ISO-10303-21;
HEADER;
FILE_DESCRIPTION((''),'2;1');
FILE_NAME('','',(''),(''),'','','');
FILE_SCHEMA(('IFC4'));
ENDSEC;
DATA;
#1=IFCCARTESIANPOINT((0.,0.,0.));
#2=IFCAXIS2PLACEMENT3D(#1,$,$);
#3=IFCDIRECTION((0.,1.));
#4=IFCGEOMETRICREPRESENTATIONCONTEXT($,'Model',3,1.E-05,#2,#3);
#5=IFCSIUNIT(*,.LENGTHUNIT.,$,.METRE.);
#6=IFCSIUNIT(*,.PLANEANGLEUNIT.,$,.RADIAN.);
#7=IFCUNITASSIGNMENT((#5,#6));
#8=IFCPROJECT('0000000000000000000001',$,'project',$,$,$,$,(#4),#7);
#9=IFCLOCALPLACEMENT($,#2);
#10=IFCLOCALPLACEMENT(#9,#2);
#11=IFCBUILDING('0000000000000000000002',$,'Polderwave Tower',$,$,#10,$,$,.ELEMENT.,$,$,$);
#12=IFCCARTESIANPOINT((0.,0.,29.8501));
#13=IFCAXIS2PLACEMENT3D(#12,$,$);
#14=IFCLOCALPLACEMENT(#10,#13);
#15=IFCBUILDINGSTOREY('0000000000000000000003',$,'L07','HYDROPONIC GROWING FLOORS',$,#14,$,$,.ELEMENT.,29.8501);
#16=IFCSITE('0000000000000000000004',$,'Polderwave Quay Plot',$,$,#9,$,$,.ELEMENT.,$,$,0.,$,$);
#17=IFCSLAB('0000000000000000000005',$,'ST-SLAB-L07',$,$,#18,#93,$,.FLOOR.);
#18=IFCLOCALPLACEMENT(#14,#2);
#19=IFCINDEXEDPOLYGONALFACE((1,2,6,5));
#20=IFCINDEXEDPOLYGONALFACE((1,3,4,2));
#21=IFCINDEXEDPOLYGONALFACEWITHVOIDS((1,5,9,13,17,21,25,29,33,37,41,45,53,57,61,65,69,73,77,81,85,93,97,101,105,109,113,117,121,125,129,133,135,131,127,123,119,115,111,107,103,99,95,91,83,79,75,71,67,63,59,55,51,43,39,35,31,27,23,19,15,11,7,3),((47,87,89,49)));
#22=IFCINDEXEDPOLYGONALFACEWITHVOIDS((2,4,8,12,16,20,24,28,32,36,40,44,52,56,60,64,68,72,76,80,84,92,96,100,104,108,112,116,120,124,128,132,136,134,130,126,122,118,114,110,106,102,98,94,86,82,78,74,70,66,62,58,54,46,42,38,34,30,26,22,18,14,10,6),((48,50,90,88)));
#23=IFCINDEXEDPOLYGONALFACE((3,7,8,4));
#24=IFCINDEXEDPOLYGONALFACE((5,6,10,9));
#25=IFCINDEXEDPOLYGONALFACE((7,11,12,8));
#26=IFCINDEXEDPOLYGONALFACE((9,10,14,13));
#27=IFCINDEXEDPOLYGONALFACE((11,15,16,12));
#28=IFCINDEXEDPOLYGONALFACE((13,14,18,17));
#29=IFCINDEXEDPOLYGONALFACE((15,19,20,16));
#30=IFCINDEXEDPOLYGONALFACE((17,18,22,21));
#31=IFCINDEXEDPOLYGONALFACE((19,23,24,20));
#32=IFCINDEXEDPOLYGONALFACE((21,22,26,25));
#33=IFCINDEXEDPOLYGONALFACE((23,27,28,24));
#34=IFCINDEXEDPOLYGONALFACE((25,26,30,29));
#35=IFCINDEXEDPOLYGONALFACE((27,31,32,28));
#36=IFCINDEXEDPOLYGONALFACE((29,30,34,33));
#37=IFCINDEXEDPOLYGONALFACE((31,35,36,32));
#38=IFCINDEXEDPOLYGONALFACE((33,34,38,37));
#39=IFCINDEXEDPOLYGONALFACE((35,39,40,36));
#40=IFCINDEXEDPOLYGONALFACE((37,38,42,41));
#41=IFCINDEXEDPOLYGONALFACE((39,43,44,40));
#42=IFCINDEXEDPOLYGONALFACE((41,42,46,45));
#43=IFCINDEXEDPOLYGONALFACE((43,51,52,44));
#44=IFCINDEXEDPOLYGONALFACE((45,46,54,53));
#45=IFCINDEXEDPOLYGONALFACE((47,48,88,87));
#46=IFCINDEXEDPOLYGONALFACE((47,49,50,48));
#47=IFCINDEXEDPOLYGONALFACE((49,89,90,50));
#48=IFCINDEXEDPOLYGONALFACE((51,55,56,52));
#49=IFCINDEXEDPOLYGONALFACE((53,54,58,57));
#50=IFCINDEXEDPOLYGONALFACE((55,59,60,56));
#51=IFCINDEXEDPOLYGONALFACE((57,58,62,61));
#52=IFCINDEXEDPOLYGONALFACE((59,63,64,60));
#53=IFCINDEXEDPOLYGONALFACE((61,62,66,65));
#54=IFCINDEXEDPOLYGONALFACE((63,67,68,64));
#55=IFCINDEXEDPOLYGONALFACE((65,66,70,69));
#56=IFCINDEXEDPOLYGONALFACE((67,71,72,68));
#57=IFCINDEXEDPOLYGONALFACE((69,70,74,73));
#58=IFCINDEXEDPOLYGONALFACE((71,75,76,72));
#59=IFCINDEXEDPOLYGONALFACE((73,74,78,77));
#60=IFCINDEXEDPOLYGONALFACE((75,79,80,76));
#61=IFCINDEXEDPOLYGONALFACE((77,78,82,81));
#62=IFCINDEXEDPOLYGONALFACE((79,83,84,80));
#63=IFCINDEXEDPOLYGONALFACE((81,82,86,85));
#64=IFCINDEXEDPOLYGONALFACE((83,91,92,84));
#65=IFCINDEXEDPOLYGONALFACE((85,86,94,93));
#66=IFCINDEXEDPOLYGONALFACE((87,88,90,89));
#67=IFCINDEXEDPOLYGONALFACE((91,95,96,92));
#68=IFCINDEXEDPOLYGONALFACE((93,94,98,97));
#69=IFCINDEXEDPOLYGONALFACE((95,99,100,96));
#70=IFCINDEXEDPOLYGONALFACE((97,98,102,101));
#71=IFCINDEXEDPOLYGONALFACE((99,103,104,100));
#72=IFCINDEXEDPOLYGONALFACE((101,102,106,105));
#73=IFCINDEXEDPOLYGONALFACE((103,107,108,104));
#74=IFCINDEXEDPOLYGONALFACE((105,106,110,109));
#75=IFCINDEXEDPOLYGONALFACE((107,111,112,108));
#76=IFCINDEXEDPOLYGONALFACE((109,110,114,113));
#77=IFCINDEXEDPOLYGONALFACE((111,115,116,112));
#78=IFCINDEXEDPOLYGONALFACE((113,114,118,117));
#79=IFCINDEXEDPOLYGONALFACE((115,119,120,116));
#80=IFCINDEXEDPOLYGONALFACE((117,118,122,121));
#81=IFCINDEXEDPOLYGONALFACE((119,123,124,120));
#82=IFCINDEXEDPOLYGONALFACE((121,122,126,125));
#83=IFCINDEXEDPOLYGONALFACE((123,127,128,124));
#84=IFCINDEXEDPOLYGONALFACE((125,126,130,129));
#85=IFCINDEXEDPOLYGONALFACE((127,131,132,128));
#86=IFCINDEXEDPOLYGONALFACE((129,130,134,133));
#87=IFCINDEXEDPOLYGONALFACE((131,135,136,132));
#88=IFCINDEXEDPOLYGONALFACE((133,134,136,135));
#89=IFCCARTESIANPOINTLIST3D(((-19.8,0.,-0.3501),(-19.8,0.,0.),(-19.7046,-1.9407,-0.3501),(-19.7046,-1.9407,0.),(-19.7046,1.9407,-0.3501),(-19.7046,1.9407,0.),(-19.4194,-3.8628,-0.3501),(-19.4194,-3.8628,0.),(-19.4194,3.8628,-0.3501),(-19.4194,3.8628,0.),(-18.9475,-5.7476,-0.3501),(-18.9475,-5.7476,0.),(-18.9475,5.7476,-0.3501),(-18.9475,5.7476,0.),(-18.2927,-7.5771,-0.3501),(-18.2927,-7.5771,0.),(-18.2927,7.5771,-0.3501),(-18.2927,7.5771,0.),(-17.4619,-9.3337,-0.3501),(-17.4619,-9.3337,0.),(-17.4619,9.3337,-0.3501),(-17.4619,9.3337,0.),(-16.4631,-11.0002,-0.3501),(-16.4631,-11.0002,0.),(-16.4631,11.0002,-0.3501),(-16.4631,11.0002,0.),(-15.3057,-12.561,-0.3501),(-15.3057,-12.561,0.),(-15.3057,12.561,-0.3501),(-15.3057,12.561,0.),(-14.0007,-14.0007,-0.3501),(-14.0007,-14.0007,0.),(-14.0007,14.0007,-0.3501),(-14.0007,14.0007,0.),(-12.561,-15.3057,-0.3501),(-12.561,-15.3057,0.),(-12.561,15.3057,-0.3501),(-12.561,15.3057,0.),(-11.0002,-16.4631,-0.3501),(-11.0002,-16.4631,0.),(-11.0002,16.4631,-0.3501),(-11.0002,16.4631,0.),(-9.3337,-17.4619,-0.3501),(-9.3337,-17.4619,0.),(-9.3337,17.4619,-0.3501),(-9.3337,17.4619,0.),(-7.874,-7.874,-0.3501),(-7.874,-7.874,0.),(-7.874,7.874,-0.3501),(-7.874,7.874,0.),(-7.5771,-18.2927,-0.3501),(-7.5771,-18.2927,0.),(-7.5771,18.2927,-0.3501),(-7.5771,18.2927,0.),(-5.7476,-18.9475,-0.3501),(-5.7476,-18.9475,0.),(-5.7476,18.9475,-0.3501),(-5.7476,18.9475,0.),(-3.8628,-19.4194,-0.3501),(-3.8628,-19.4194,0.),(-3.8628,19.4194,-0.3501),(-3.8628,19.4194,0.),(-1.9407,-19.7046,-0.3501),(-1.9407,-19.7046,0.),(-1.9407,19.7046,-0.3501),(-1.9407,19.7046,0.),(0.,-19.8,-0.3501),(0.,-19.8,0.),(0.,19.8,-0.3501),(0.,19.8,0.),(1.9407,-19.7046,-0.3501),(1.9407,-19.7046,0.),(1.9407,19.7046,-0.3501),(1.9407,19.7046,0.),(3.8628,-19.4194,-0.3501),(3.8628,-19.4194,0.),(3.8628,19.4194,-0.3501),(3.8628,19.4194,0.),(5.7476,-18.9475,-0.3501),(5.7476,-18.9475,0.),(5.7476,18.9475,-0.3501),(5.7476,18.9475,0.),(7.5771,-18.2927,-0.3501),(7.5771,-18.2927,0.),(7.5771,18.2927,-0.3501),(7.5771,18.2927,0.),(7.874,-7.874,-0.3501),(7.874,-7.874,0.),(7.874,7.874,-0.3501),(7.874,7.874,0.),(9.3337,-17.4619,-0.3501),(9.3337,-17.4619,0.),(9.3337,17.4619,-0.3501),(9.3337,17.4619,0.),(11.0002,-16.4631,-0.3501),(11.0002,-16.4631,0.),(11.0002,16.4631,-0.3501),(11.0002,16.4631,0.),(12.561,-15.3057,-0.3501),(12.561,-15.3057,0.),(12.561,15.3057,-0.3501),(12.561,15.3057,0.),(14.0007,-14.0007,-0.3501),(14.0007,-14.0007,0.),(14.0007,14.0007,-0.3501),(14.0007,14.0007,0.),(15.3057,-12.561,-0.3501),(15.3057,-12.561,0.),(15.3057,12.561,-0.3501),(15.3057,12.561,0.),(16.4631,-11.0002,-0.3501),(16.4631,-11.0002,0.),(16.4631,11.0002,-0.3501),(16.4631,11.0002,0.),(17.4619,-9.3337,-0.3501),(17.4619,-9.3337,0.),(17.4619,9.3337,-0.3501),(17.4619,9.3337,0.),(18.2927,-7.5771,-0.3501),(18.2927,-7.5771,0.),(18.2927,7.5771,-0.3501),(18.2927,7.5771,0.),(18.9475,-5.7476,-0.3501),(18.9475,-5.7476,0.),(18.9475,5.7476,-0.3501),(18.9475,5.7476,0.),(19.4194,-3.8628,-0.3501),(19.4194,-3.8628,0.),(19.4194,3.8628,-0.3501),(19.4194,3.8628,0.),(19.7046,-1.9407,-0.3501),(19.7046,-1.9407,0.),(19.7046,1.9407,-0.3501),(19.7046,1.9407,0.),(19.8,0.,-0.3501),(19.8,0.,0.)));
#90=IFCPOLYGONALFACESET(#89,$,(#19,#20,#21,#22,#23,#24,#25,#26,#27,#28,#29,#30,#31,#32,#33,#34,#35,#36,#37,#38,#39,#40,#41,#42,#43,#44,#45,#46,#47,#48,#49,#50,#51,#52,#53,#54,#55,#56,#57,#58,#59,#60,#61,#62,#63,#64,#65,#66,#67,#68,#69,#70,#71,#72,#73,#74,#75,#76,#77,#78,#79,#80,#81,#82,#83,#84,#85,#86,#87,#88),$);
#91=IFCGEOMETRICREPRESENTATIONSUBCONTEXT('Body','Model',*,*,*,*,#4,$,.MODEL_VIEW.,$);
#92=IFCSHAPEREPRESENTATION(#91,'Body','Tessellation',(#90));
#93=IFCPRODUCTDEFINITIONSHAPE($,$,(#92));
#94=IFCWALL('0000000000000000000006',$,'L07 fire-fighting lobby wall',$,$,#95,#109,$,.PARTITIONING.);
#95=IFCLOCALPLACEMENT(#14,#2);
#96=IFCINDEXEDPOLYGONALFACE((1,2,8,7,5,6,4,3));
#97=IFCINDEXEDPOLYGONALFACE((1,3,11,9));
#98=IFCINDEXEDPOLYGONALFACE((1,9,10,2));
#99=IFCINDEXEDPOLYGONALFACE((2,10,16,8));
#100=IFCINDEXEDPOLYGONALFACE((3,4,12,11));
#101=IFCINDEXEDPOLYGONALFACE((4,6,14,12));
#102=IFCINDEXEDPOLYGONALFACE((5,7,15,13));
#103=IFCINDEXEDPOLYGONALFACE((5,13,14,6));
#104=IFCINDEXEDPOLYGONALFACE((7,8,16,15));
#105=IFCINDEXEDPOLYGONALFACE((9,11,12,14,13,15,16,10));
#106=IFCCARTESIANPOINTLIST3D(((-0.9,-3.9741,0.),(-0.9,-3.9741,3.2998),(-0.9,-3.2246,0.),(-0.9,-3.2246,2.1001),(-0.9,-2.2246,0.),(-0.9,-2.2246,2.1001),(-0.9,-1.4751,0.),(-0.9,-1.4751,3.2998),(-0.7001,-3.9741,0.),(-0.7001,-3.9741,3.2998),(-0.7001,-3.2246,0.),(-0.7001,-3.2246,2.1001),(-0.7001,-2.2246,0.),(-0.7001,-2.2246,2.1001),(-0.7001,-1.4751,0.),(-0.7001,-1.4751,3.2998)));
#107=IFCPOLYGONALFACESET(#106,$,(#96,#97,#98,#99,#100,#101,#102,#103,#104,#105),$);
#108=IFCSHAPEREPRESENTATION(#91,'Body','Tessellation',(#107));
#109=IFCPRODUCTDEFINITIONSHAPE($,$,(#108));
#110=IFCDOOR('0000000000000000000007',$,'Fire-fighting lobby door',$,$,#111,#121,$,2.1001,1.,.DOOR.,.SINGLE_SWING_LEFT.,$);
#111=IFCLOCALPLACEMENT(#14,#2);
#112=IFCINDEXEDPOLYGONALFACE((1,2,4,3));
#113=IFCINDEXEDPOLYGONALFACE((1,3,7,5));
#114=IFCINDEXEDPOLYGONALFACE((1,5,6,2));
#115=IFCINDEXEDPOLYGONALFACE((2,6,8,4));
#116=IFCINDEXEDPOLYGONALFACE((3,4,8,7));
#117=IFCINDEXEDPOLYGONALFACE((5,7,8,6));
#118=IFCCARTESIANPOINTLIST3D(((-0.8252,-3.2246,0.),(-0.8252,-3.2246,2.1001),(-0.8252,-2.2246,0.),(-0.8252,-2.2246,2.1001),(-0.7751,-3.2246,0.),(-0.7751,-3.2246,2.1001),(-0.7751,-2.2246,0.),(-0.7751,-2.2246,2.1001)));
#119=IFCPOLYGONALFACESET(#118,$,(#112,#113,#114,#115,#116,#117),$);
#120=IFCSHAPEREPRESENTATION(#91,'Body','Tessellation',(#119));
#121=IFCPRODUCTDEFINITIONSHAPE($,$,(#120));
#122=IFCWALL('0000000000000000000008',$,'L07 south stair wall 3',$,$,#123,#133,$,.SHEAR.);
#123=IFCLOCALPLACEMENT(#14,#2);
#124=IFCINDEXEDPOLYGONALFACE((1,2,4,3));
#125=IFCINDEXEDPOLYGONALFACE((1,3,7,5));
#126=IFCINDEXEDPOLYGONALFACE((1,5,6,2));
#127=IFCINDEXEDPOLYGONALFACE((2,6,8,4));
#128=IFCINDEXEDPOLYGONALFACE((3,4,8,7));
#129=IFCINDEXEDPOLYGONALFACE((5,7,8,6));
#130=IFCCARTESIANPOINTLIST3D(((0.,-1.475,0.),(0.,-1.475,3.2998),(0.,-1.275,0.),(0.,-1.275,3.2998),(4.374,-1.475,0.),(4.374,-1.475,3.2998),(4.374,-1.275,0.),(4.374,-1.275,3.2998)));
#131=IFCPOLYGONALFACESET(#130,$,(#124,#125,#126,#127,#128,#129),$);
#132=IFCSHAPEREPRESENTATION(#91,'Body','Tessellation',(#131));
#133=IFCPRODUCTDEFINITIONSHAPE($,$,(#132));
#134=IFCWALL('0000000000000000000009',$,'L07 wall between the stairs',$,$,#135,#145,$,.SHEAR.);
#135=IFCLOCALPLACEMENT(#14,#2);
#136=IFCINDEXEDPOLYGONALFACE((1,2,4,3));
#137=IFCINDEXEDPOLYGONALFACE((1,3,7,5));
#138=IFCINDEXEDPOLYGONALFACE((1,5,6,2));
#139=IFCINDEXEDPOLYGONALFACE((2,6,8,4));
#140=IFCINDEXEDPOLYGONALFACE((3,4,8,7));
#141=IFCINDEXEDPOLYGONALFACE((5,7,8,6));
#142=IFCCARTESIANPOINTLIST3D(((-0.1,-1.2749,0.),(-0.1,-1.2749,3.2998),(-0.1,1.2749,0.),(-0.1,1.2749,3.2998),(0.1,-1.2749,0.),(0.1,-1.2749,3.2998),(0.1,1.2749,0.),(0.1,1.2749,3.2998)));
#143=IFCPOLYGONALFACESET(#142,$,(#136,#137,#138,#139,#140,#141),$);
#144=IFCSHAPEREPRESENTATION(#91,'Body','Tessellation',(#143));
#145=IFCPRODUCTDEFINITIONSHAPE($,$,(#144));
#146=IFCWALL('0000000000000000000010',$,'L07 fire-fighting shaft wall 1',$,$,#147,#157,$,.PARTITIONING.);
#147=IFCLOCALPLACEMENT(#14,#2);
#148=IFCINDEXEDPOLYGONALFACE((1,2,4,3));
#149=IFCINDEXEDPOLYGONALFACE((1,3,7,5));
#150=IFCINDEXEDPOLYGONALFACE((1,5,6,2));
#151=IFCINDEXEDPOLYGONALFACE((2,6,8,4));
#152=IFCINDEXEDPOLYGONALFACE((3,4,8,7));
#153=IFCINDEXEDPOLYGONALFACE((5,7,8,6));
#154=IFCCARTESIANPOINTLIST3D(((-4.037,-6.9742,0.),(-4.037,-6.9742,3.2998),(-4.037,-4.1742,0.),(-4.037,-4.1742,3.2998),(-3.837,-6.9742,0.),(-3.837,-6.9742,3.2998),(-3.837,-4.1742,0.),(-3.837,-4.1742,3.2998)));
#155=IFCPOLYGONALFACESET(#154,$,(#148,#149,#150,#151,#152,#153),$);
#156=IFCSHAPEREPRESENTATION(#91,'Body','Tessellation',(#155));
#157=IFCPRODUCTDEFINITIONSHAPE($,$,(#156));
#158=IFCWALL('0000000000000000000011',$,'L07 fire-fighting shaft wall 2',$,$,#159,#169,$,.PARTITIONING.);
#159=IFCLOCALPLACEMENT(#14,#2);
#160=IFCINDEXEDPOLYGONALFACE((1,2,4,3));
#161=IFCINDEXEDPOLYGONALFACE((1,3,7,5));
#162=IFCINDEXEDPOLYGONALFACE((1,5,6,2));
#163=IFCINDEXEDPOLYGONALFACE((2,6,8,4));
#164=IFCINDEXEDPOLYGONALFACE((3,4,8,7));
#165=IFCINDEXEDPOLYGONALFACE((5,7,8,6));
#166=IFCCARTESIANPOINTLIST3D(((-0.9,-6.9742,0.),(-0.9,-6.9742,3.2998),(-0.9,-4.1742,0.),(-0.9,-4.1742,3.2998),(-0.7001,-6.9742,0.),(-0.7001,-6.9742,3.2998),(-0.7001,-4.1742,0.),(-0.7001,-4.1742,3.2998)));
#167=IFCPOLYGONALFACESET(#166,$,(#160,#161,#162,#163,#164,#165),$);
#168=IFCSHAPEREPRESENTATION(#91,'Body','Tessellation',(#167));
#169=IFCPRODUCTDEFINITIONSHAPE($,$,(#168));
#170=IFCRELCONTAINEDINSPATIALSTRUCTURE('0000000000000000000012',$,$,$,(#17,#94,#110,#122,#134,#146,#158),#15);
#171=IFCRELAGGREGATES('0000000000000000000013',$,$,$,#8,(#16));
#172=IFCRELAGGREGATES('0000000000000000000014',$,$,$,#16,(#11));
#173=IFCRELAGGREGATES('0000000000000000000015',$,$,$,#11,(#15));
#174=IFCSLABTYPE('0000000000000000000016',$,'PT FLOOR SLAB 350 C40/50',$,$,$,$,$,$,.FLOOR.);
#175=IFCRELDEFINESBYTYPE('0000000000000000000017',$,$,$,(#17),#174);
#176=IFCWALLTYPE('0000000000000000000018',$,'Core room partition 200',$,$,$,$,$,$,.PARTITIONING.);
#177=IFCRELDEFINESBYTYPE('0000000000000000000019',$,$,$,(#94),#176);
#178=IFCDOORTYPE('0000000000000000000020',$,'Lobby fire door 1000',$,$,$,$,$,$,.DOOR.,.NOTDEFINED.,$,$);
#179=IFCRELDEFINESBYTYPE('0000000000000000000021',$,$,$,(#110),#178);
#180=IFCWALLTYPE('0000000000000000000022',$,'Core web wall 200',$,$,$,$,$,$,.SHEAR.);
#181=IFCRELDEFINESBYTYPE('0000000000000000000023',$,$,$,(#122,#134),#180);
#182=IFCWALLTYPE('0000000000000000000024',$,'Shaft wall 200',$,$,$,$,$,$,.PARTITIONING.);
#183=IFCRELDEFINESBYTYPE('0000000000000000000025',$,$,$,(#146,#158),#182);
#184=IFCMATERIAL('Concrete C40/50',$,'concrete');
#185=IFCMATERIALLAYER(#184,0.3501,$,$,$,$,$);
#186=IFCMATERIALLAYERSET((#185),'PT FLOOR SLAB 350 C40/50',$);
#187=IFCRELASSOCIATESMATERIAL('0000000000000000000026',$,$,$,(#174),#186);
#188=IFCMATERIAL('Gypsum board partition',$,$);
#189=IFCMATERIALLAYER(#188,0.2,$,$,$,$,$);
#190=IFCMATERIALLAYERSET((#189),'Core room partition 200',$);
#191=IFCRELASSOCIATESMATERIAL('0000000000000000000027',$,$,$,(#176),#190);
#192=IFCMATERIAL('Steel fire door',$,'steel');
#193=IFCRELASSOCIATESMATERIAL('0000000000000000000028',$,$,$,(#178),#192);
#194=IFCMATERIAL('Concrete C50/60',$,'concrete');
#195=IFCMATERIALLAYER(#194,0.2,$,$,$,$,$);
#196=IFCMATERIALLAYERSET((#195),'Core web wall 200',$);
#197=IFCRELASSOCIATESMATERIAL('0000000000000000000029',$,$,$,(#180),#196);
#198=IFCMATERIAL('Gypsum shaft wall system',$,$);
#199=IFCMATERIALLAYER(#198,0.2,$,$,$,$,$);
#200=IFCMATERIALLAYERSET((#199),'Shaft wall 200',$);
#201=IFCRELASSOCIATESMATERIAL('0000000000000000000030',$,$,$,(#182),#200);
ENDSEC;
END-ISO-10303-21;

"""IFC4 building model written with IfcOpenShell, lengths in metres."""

from ifc_helpers import new_model, si_unit, direction, frame, frame_2d, origin, place, context, subcontext, project, spatial, polyline, rectangle, outline, extrude, material, layer, layer_set, type_object, element, fill, save


model = new_model("IFC4")

# Units and contexts
model_context = context("Model", 3, precision=1e-05, world=origin(), true_north=direction((0.0, 1.0)))
body_context = subcontext(model_context, "Body", "Model", "MODEL_VIEW")
ifc_project = project(units=[si_unit("LENGTHUNIT", "METRE"), si_unit("PLANEANGLEUNIT", "RADIAN")], contexts=[model_context])

# Site, building, storey
site_placement = place(None, origin())
site = spatial("IfcSite", under=ifc_project, at=site_placement, Name="Polderwave Quay Plot", CompositionType="ELEMENT", RefElevation=0.0)
building_placement = place(site_placement, origin())
building = spatial("IfcBuilding", under=site, at=building_placement, Name="Polderwave Tower", CompositionType="ELEMENT")
storey_placement = place(building_placement, frame((0.0, 0.0, 29.8501)))
storey = spatial("IfcBuildingStorey", under=building, at=storey_placement, Name="L07", Description="HYDROPONIC GROWING FLOORS", CompositionType="ELEMENT", Elevation=29.8501)

# Slab
ifc_material_1 = material(Name="Concrete C40/50", Category="concrete")
ifc_layer_1 = layer(ifc_material_1, 0.3501)
ifc_layer_set_1 = layer_set([ifc_layer_1], Name="PT FLOOR SLAB 350 C40/50")
slab_type = type_object("IfcSlabType", Name="PT FLOOR SLAB 350 C40/50", PredefinedType="FLOOR", material=ifc_layer_set_1)
slab_placement = place(storey_placement, frame((0.0, 0.0, -0.3501)))
element("IfcSlab", 1, at=slab_placement, inside=storey, type_object=slab_type, Name="ST-SLAB-L07", PredefinedType="FLOOR", context=body_context, shape_type="SweptSolid", body=[
    extrude(outline(polyline([(19.8, 0.0), (19.7046, 1.9407), (19.4194, 3.8628), (18.9475, 5.7476), (18.2927, 7.5771), (17.4619, 9.3337), (16.4631, 11.0002), (15.3057, 12.561), (14.0007, 14.0007), (12.561, 15.3057), (11.0002, 16.4631), (9.3337, 17.4619), (7.5771, 18.2927), (5.7476, 18.9475), (3.8628, 19.4194), (1.9407, 19.7046), (0.0, 19.8), (-1.9407, 19.7046), (-3.8628, 19.4194), (-5.7476, 18.9475), (-7.5771, 18.2927), (-9.3337, 17.4619), (-11.0002, 16.4631), (-12.561, 15.3057), (-14.0007, 14.0007), (-15.3057, 12.561), (-16.4631, 11.0002), (-17.4619, 9.3337), (-18.2927, 7.5771), (-18.9475, 5.7476), (-19.4194, 3.8628), (-19.7046, 1.9407), (-19.8, 0.0), (-19.7046, -1.9407), (-19.4194, -3.8628), (-18.9475, -5.7476), (-18.2927, -7.5771), (-17.4619, -9.3337), (-16.4631, -11.0002), (-15.3057, -12.561), (-14.0007, -14.0007), (-12.561, -15.3057), (-11.0002, -16.4631), (-9.3337, -17.4619), (-7.5771, -18.2927), (-5.7476, -18.9475), (-3.8628, -19.4194), (-1.9407, -19.7046), (0.0, -19.8), (1.9407, -19.7046), (3.8628, -19.4194), (5.7476, -18.9475), (7.5771, -18.2927), (9.3337, -17.4619), (11.0002, -16.4631), (12.561, -15.3057), (14.0007, -14.0007), (15.3057, -12.561), (16.4631, -11.0002), (17.4619, -9.3337), (18.2927, -7.5771), (18.9475, -5.7476), (19.4194, -3.8628), (19.7046, -1.9407), (19.8, 0.0)]), holes=[polyline([(-7.874, -7.874), (7.874, -7.874), (7.874, 7.874), (-7.874, 7.874), (-7.874, -7.874)])]), origin(), (0.0, 0.0, 1.0), 0.3501),
])

# Wall, opening, door
ifc_material_2 = material(Name="Gypsum board partition")
ifc_layer_2 = layer(ifc_material_2, 0.2)
ifc_layer_set_2 = layer_set([ifc_layer_2], Name="Core room partition 200")
wall_type_1 = type_object("IfcWallType", Name="Core room partition 200", PredefinedType="PARTITIONING", material=ifc_layer_set_2)
wall_1_placement = place(storey_placement, frame((-0.8, -3.9741, 0.0), z_axis=(0.0, 0.0, 1.0), x_axis=(0.0, 1.0, 0.0)))
wall_1 = element("IfcWall", 2, at=wall_1_placement, inside=storey, type_object=wall_type_1, Name="L07 fire-fighting lobby wall", PredefinedType="PARTITIONING", context=body_context, shape_type="SweptSolid", body=[
    extrude(rectangle(XDim=2.499, YDim=0.2, at=frame_2d((1.2495, 0.0))), origin(), (0.0, 0.0, 1.0), 3.2998),
])
opening_placement = place(wall_1_placement, frame((0.7495, 0.0, 0.0)))
opening = element("IfcOpeningElement", 3, at=opening_placement, cuts=wall_1, PredefinedType="OPENING", context=body_context, shape_type="SweptSolid", body=[
    extrude(rectangle(XDim=1.0, YDim=2.1001, at=frame_2d((0.5, 1.05))), frame((0.0, 0.1099, 0.0), z_axis=(0.0, -1.0, 0.0), x_axis=(1.0, 0.0, 0.0)), (0.0, 0.0, 1.0), 0.22),
])
ifc_material_3 = material(Name="Steel fire door", Category="steel")
door_type = type_object("IfcDoorType", Name="Lobby fire door 1000", OperationType="NOTDEFINED", PredefinedType="DOOR", material=ifc_material_3)
door_placement = place(opening_placement, frame((1.0, 0.0, 0.0), z_axis=(0.0, 0.0, 1.0), x_axis=(-1.0, 0.0, 0.0)))
door = element("IfcDoor", 4, at=door_placement, inside=storey, type_object=door_type, Name="Fire-fighting lobby door", OperationType="SINGLE_SWING_LEFT", OverallHeight=2.1001, OverallWidth=1.0, PredefinedType="DOOR", context=body_context, shape_type="SweptSolid", body=[
    extrude(rectangle(XDim=1.0, YDim=2.1001, at=frame_2d((0.5, 1.05))), frame((0.0, 0.0249, 0.0), z_axis=(0.0, -1.0, 0.0), x_axis=(1.0, 0.0, 0.0)), (0.0, 0.0, 1.0), 0.05),
])
fill(opening, door)

# Walls
ifc_material_4 = material(Name="Concrete C50/60", Category="concrete")
ifc_layer_3 = layer(ifc_material_4, 0.2)
ifc_layer_set_3 = layer_set([ifc_layer_3], Name="Core web wall 200")
wall_type_2 = type_object("IfcWallType", Name="Core web wall 200", PredefinedType="SHEAR", material=ifc_layer_set_3)
wall_2_placement = place(storey_placement, frame((0.0, -1.375, 0.0), z_axis=(0.0, 0.0, 1.0), x_axis=(1.0, 0.0, 0.0)))
element("IfcWall", 5, at=wall_2_placement, inside=storey, type_object=wall_type_2, Name="L07 south stair wall 3", PredefinedType="SHEAR", context=body_context, shape_type="SweptSolid", body=[
    extrude(rectangle(XDim=4.374, YDim=0.2, at=frame_2d((2.187, 0.0))), origin(), (0.0, 0.0, 1.0), 3.2998),
])
wall_3_placement = place(storey_placement, frame((0.0, -1.2749, 0.0), z_axis=(0.0, 0.0, 1.0), x_axis=(0.0, 1.0, 0.0)))
element("IfcWall", 6, at=wall_3_placement, inside=storey, type_object=wall_type_2, Name="L07 wall between the stairs", PredefinedType="SHEAR", context=body_context, shape_type="SweptSolid", body=[
    extrude(rectangle(XDim=2.5498, YDim=0.2, at=frame_2d((1.2749, 0.0))), origin(), (0.0, 0.0, 1.0), 3.2998),
])
ifc_material_5 = material(Name="Gypsum shaft wall system")
ifc_layer_4 = layer(ifc_material_5, 0.2)
ifc_layer_set_4 = layer_set([ifc_layer_4], Name="Shaft wall 200")
wall_type_3 = type_object("IfcWallType", Name="Shaft wall 200", PredefinedType="PARTITIONING", material=ifc_layer_set_4)
for number, where, z_axis, x_axis, name in (
    (7, (-3.937, -6.9741, 0.0), (0.0, 0.0, 1.0), (0.0, 1.0, 0.0), "L07 fire-fighting shaft wall 1"),
    (8, (-0.8, -6.9741, 0.0), (0.0, 0.0, 1.0), (0.0, 1.0, 0.0), "L07 fire-fighting shaft wall 2"),
):
    element("IfcWall", number, at=place(storey_placement, frame(where, z_axis=z_axis, x_axis=x_axis)), inside=storey, type_object=wall_type_3, Name=name, PredefinedType="PARTITIONING", context=body_context, shape_type="SweptSolid", body=[
        extrude(rectangle(XDim=2.8, YDim=0.2, at=frame_2d((1.3999, 0.0))), origin(), (0.0, 0.0, 1.0), 3.2998),
    ])

save(model, "model.ifc")
